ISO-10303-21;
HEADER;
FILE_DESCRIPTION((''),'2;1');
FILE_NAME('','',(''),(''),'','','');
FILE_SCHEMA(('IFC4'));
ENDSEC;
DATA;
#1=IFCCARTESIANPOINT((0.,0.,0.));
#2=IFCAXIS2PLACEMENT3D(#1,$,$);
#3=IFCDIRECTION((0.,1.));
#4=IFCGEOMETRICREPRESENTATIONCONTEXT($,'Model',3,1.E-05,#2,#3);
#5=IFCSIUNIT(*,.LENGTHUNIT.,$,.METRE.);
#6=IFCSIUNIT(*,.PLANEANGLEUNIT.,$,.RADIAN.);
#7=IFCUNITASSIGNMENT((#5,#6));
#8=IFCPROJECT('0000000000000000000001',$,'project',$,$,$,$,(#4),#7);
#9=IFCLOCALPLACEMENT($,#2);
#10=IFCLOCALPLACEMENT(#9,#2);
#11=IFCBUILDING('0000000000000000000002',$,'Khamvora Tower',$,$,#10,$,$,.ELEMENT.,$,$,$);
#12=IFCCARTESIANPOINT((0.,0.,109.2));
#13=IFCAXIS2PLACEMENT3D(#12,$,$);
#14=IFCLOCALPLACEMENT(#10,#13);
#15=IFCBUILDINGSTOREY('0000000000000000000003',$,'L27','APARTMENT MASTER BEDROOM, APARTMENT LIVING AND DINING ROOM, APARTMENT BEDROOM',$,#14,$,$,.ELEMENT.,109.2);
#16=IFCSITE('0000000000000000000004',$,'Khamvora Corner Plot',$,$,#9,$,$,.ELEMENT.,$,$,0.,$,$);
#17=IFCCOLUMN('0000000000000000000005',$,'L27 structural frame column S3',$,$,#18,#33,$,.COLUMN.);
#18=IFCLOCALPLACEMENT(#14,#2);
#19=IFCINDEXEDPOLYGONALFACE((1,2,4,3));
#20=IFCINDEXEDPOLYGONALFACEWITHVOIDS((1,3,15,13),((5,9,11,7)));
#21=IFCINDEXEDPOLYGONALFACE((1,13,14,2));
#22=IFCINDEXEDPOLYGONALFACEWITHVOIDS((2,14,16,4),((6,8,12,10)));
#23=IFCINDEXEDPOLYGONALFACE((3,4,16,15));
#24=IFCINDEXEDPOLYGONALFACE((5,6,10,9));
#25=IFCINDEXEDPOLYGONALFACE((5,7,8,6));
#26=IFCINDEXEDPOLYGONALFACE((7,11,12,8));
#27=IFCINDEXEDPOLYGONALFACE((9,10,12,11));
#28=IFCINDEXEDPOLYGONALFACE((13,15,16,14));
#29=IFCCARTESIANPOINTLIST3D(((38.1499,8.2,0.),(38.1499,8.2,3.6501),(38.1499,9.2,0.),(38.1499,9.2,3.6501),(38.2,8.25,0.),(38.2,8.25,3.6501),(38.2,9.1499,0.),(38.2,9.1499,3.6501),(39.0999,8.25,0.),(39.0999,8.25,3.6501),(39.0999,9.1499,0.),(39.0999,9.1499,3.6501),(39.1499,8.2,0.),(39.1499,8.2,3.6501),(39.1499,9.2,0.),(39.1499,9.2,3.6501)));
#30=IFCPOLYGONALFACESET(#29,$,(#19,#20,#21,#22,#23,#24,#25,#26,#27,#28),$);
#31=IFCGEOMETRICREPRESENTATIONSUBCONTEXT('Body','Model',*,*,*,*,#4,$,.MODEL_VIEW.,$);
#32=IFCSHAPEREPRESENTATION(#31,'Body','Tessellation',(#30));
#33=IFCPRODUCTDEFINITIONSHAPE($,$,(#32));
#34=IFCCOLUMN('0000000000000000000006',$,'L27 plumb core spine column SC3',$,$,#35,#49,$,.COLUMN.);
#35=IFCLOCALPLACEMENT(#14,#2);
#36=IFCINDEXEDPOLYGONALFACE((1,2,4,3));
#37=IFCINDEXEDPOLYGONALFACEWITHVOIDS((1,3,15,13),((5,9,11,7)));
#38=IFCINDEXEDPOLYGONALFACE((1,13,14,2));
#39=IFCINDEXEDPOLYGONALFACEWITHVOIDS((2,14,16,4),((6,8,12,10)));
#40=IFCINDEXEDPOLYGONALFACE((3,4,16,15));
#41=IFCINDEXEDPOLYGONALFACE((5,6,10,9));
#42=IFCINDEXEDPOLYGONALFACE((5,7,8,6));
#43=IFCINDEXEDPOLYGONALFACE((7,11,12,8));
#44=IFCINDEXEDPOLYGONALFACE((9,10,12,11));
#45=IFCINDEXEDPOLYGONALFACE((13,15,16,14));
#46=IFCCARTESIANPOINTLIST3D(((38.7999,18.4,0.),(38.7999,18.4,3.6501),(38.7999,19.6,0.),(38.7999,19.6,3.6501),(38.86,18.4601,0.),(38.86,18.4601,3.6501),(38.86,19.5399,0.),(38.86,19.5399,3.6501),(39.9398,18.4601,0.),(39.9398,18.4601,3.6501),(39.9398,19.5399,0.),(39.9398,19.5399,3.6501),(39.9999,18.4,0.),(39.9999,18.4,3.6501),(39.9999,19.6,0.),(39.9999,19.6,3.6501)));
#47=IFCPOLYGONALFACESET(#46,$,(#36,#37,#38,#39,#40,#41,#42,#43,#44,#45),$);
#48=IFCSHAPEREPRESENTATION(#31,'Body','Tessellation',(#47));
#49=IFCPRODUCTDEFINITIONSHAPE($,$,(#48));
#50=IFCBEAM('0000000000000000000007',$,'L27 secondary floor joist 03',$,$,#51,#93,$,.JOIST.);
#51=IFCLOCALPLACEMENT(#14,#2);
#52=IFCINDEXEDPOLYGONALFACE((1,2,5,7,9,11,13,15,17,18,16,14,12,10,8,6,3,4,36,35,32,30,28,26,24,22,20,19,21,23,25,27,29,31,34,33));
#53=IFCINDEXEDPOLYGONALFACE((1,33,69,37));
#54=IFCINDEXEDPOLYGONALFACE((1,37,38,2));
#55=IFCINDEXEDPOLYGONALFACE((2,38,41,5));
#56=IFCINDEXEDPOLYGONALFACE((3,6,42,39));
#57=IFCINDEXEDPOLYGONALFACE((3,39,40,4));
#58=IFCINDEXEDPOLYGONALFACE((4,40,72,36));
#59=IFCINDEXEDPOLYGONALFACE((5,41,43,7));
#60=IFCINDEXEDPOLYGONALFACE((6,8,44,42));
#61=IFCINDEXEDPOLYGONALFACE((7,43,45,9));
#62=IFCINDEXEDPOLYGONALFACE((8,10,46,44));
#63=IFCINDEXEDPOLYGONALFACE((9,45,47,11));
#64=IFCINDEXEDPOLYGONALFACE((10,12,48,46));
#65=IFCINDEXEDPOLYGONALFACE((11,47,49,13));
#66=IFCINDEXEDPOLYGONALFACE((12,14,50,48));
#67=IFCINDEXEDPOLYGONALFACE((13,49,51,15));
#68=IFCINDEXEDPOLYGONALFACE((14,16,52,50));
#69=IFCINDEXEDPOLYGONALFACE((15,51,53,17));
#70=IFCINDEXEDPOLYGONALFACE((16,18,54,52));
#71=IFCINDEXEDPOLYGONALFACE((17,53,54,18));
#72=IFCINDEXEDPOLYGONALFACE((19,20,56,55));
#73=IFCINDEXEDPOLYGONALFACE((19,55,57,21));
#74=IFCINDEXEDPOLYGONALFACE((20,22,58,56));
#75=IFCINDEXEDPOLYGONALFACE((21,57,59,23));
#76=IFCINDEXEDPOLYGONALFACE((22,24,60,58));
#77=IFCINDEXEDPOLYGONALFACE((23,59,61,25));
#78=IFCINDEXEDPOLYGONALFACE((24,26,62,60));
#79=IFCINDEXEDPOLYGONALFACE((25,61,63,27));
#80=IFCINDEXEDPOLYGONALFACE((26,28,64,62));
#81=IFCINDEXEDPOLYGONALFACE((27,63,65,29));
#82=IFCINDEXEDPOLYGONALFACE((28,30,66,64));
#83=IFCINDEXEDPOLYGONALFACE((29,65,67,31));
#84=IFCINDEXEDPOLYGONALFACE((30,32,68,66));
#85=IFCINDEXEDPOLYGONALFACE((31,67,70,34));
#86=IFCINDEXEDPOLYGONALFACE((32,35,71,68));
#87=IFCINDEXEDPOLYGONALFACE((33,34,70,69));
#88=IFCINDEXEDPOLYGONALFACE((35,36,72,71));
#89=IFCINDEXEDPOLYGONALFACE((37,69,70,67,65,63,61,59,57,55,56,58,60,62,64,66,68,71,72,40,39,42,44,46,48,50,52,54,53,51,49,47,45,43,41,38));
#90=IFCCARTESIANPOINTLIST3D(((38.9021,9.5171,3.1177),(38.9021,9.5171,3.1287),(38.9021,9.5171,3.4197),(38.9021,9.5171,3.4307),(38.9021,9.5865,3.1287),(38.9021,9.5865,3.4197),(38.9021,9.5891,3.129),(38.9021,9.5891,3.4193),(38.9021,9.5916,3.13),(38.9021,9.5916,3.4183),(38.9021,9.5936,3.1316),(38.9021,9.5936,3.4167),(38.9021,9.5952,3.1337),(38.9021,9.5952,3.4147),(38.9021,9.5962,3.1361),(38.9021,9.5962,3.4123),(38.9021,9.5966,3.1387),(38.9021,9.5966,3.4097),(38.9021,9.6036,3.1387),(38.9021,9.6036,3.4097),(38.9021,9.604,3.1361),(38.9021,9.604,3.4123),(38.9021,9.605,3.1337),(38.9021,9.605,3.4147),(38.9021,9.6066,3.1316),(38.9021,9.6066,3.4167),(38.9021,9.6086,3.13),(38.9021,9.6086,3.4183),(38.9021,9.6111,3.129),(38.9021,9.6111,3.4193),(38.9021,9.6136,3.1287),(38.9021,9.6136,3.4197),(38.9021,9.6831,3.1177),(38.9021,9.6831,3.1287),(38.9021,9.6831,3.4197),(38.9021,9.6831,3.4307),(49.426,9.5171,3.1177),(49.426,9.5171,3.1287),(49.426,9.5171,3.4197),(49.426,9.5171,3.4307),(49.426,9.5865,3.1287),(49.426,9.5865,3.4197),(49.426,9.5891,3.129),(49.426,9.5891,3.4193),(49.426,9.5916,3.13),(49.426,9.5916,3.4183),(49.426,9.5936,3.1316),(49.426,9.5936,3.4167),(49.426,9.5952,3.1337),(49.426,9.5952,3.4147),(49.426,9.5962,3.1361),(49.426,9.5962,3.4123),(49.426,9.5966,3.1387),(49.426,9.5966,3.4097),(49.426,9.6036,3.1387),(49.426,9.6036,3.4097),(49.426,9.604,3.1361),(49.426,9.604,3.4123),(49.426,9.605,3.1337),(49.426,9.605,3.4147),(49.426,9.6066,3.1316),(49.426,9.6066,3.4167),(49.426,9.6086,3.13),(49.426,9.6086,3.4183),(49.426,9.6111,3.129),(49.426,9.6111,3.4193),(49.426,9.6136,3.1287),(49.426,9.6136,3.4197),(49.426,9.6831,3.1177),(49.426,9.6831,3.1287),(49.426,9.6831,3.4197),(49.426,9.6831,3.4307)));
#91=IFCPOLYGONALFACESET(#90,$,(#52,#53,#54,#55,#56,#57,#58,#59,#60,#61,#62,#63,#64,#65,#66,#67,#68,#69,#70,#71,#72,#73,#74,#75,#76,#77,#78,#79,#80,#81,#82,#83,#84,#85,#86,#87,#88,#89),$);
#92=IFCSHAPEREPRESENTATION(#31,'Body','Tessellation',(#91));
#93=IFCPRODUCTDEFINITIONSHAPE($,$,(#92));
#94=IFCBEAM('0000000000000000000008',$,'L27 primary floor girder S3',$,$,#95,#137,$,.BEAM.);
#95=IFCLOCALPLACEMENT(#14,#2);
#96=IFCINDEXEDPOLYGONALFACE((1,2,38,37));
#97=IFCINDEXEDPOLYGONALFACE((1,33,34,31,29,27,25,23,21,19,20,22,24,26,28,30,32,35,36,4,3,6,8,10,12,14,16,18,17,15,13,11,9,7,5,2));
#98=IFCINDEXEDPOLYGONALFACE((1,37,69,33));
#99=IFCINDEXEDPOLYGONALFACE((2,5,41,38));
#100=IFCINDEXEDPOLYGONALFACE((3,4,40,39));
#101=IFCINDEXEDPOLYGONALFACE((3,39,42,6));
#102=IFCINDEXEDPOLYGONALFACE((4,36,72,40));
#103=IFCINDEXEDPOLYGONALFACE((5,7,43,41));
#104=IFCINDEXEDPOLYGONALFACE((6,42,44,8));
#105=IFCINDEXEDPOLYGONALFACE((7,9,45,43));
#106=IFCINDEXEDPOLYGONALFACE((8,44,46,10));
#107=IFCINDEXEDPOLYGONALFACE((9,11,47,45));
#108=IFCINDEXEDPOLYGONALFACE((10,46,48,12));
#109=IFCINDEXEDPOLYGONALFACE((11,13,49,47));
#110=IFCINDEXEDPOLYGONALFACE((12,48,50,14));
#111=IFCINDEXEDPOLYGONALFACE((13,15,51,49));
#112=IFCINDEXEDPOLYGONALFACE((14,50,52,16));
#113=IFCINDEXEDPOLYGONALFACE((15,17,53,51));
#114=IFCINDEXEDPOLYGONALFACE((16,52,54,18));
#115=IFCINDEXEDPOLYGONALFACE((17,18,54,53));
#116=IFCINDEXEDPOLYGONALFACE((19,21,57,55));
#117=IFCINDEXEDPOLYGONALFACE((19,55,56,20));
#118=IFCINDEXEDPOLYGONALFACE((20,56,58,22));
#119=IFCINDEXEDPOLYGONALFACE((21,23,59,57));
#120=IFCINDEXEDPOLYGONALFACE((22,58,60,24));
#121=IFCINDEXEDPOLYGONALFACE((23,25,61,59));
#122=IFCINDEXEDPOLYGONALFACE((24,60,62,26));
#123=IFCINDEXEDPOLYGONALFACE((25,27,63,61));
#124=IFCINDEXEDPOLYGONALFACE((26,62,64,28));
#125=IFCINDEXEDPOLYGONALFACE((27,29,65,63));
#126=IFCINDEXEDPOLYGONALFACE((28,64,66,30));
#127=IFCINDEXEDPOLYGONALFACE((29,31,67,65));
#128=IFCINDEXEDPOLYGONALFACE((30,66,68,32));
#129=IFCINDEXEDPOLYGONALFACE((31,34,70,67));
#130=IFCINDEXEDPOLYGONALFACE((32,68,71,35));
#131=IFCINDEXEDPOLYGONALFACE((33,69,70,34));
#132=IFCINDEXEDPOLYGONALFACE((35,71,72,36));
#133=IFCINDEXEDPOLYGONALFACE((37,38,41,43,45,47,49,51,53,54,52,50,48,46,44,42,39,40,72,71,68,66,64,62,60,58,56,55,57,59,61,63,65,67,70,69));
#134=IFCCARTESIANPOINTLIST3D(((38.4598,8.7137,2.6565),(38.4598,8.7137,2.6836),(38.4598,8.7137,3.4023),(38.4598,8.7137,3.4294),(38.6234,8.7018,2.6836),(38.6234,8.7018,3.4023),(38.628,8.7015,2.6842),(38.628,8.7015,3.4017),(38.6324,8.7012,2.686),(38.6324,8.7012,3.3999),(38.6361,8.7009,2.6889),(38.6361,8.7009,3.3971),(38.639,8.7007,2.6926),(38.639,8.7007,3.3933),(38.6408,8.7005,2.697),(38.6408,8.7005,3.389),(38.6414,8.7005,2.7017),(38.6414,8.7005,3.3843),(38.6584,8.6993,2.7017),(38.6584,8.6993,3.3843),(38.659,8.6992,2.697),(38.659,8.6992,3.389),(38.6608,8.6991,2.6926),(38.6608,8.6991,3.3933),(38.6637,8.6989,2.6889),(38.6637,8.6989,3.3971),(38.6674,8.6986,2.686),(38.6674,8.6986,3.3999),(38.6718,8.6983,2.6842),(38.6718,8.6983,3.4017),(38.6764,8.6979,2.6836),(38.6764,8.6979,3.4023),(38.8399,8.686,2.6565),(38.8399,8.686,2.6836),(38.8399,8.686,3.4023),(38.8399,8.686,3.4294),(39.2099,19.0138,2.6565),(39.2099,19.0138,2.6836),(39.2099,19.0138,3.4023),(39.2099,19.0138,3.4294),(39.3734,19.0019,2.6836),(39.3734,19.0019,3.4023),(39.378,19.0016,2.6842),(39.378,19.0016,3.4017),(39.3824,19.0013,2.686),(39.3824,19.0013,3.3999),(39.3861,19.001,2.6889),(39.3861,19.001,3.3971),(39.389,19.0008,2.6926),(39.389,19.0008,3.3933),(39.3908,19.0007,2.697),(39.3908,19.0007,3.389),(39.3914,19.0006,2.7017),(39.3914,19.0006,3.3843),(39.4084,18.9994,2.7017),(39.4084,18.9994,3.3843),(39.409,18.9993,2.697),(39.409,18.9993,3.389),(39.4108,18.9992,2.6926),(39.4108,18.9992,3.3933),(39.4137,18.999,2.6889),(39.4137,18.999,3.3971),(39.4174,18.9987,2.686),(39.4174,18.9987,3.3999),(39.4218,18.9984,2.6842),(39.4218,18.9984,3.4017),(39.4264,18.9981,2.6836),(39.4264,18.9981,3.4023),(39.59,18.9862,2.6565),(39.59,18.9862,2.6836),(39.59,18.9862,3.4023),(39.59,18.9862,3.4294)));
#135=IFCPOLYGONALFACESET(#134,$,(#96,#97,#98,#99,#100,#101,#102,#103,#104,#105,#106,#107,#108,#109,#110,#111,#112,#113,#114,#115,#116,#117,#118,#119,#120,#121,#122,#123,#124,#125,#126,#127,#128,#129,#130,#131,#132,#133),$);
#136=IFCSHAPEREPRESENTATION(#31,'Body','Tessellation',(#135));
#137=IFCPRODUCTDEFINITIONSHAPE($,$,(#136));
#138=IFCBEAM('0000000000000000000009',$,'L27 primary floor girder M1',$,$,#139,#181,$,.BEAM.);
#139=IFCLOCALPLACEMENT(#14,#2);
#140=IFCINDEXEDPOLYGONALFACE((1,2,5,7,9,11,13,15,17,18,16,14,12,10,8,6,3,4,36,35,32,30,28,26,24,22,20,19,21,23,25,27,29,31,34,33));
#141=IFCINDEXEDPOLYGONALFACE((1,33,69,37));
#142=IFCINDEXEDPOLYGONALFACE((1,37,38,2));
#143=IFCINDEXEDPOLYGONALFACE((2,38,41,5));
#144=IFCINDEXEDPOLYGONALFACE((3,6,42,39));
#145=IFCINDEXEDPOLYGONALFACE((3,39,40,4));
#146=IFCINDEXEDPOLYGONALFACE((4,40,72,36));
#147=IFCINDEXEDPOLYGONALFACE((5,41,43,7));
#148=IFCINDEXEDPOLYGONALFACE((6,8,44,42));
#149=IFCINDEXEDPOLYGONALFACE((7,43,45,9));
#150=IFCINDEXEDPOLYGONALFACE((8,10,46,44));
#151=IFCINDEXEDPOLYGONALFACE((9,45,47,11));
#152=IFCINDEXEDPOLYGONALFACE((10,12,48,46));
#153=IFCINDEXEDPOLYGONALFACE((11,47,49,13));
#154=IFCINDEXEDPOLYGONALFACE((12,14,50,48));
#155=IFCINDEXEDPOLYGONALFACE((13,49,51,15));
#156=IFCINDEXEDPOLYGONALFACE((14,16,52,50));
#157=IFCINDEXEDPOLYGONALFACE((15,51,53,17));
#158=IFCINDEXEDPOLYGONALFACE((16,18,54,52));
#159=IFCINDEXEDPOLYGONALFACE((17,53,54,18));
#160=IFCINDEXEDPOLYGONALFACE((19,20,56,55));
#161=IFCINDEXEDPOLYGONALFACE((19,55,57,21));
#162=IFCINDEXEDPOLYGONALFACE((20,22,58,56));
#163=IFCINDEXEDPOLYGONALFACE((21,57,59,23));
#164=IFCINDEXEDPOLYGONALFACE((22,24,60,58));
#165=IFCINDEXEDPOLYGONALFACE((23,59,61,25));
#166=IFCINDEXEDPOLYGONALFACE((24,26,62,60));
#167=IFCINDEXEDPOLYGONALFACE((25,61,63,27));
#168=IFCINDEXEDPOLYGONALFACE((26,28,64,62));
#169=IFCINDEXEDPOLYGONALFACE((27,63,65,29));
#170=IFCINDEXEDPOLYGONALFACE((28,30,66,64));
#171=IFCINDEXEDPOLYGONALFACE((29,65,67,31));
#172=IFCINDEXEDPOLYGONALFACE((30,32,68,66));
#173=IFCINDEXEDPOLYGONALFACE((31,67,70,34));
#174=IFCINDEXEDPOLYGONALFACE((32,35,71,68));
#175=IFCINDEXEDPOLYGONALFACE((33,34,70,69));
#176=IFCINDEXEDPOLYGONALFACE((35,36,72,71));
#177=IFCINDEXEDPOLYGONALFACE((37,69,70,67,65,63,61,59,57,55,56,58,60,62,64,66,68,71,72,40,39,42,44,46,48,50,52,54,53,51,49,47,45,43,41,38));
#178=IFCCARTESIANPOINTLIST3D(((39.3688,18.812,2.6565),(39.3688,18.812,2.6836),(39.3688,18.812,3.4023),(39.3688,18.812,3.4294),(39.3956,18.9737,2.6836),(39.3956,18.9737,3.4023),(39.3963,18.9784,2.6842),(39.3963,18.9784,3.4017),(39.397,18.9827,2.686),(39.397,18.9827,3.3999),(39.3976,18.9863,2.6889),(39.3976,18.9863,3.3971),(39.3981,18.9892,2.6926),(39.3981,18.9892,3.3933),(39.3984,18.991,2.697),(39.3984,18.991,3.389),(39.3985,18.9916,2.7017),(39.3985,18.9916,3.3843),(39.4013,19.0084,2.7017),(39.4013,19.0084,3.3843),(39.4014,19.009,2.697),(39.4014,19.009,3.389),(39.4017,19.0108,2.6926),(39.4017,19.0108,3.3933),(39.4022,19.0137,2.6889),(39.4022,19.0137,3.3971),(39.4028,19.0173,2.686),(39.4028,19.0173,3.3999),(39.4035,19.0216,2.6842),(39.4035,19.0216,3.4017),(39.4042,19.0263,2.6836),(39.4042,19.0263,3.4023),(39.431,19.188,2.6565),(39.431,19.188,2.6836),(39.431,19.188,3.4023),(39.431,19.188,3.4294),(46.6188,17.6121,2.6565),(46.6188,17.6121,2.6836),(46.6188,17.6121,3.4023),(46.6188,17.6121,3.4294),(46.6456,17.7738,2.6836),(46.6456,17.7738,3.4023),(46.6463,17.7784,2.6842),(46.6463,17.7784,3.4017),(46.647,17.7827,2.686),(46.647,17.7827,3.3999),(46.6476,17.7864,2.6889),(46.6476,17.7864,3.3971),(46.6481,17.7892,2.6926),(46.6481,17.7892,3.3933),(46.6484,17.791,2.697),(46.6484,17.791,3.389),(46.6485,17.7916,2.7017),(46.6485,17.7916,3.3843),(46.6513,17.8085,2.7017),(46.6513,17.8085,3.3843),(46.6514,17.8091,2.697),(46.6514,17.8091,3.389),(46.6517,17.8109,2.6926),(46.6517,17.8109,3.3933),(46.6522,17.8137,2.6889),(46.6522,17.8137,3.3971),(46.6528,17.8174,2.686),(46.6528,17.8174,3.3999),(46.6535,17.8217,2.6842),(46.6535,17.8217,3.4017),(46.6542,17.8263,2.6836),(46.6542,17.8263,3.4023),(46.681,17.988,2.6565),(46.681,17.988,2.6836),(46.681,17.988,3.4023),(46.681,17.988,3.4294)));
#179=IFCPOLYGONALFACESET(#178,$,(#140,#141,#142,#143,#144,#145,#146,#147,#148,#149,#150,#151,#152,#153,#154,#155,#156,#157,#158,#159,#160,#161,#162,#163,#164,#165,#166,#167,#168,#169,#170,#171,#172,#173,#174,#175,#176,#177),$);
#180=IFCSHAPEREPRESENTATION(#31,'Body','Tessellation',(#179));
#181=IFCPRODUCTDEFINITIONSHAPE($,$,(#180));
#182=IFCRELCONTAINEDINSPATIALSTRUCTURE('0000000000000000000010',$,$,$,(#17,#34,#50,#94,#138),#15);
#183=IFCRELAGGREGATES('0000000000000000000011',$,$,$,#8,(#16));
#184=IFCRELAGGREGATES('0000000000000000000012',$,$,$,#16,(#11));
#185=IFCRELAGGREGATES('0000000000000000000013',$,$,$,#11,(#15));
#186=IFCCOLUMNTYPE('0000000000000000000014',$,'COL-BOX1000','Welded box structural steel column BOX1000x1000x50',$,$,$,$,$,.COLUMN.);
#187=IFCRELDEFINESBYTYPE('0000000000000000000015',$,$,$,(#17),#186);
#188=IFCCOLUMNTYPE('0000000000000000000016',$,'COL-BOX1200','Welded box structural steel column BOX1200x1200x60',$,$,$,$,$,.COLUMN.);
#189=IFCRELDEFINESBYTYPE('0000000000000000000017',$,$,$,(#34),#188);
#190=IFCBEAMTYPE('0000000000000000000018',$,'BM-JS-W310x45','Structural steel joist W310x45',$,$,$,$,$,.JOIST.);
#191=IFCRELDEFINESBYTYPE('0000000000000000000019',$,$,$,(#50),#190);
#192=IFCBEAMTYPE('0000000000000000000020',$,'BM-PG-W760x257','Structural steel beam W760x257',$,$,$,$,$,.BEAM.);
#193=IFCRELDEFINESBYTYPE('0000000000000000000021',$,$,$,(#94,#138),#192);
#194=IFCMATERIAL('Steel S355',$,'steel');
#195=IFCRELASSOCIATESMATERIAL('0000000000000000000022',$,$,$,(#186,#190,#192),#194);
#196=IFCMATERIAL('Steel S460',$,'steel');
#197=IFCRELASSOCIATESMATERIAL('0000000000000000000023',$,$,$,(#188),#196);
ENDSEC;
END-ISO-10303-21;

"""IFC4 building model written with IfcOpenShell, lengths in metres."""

from ifc_helpers import new_model, si_unit, direction, frame, origin, origin_2d, place, context, subcontext, project, spatial, hollow_rectangle, i_section, extrude, material, material_profile, profile_set, type_object, element, save


model = new_model("IFC4")

# Units and contexts
model_context = context("Model", 3, precision=1e-05, world=origin(), true_north=direction((0.0, 1.0)))
body_context = subcontext(model_context, "Body", "Model", "MODEL_VIEW")
ifc_project = project(units=[si_unit("LENGTHUNIT", "METRE"), si_unit("PLANEANGLEUNIT", "RADIAN")], contexts=[model_context])

# Site, building, storey
site_placement = place(None, origin())
site = spatial("IfcSite", under=ifc_project, at=site_placement, Name="Khamvora Corner Plot", CompositionType="ELEMENT", RefElevation=0.0)
building_placement = place(site_placement, origin())
building = spatial("IfcBuilding", under=site, at=building_placement, Name="Khamvora Tower", CompositionType="ELEMENT")
storey_placement = place(building_placement, frame((0.0, 0.0, 109.2)))
storey = spatial("IfcBuildingStorey", under=building, at=storey_placement, Name="L27", Description="APARTMENT MASTER BEDROOM, APARTMENT LIVING AND DINING ROOM, APARTMENT BEDROOM", CompositionType="ELEMENT", Elevation=109.2)

# Columns
ifc_material_1 = material(Name="Steel S355", Category="steel")
ifc_material_profile_1 = material_profile(ifc_material_1, hollow_rectangle(XDim=1.0, YDim=1.0, WallThickness=0.05, at=origin_2d()), Name="BOX1000x1000x50")
ifc_profile_set_1 = profile_set([ifc_material_profile_1], Name="Steel S355")
column_type_1 = type_object("IfcColumnType", Name="COL-BOX1000", Description="Welded box structural steel column BOX1000x1000x50", PredefinedType="COLUMN", material=ifc_profile_set_1)
column_1_placement = place(storey_placement, frame((38.6499, 8.7, 0.0), z_axis=(0.0, 0.0, 1.0), x_axis=(1.0, 0.0, 0.0)))
element("IfcColumn", 1, at=column_1_placement, inside=storey, type_object=column_type_1, Name="L27 structural frame column S3", PredefinedType="COLUMN", context=body_context, shape_type="SweptSolid", body=[
    extrude(hollow_rectangle(XDim=1.0, YDim=1.0, WallThickness=0.05, at=origin_2d()), origin(), (0.0, 0.0, 1.0), 3.6501),
])
ifc_material_2 = material(Name="Steel S460", Category="steel")
ifc_material_profile_2 = material_profile(ifc_material_2, hollow_rectangle(XDim=1.2, YDim=1.2, WallThickness=0.0601, at=origin_2d()), Name="BOX1200x1200x60")
ifc_profile_set_2 = profile_set([ifc_material_profile_2], Name="Steel S460")
column_type_2 = type_object("IfcColumnType", Name="COL-BOX1200", Description="Welded box structural steel column BOX1200x1200x60", PredefinedType="COLUMN", material=ifc_profile_set_2)
column_2_placement = place(storey_placement, frame((39.3999, 19.0, 0.0), z_axis=(0.0, 0.0, 1.0), x_axis=(1.0, 0.0, 0.0)))
element("IfcColumn", 2, at=column_2_placement, inside=storey, type_object=column_type_2, Name="L27 plumb core spine column SC3", PredefinedType="COLUMN", context=body_context, shape_type="SweptSolid", body=[
    extrude(hollow_rectangle(XDim=1.2, YDim=1.2, WallThickness=0.0601, at=origin_2d()), origin(), (0.0, 0.0, 1.0), 3.6501),
])

# Beams
ifc_material_profile_3 = material_profile(ifc_material_1, i_section(OverallWidth=0.166, OverallDepth=0.313, WebThickness=0.0071, FlangeThickness=0.011, FilletRadius=0.01, at=origin_2d()), Name="W310x45")
ifc_profile_set_3 = profile_set([ifc_material_profile_3], Name="Steel S355")
beam_type_1 = type_object("IfcBeamType", Name="BM-JS-W310x45", Description="Structural steel joist W310x45", PredefinedType="JOIST", material=ifc_profile_set_3)
beam_1_placement = place(storey_placement, frame((38.9021, 9.6001, 3.2742), z_axis=(1.0, 0.0, 0.0), x_axis=(0.0, 1.0, 0.0)))
element("IfcBeam", 3, at=beam_1_placement, inside=storey, type_object=beam_type_1, Name="L27 secondary floor joist 03", PredefinedType="JOIST", context=body_context, shape_type="SweptSolid", body=[
    extrude(i_section(OverallWidth=0.166, OverallDepth=0.313, WebThickness=0.0071, FlangeThickness=0.011, FilletRadius=0.01, at=origin_2d()), origin(), (0.0, 0.0, 1.0), 10.5239),
])
ifc_material_profile_4 = material_profile(ifc_material_1, i_section(OverallWidth=0.3811, OverallDepth=0.7729, WebThickness=0.0171, FlangeThickness=0.0271, FilletRadius=0.0181, at=origin_2d()), Name="W760x257")
ifc_profile_set_4 = profile_set([ifc_material_profile_4], Name="Steel S355")
beam_type_2 = type_object("IfcBeamType", Name="BM-PG-W760x257", Description="Structural steel beam W760x257", PredefinedType="BEAM", material=ifc_profile_set_4)
beam_2_placement = place(storey_placement, frame((39.3999, 19.0, 3.043), z_axis=(-0.072623, -0.997359, 0.0), x_axis=(0.997359, -0.072623, 0.0)))
element("IfcBeam", 4, at=beam_2_placement, inside=storey, type_object=beam_type_2, Name="L27 primary floor girder S3", PredefinedType="BEAM", context=body_context, shape_type="SweptSolid", body=[
    extrude(i_section(OverallWidth=0.3811, OverallDepth=0.7729, WebThickness=0.0171, FlangeThickness=0.0271, FilletRadius=0.0181, at=origin_2d()), origin(), (0.0, 0.0, 1.0), 10.3274),
])
beam_3_placement = place(storey_placement, frame((39.3999, 19.0, 3.043), z_axis=(0.986578, -0.163289, 0.0), x_axis=(0.163289, 0.986578, 0.0)))
element("IfcBeam", 5, at=beam_3_placement, inside=storey, type_object=beam_type_2, Name="L27 primary floor girder M1", PredefinedType="BEAM", context=body_context, shape_type="SweptSolid", body=[
    extrude(i_section(OverallWidth=0.3811, OverallDepth=0.7729, WebThickness=0.0171, FlangeThickness=0.0271, FilletRadius=0.0181, at=origin_2d()), origin(), (0.0, 0.0, 1.0), 7.3486),
])

save(model, "model.ifc")
